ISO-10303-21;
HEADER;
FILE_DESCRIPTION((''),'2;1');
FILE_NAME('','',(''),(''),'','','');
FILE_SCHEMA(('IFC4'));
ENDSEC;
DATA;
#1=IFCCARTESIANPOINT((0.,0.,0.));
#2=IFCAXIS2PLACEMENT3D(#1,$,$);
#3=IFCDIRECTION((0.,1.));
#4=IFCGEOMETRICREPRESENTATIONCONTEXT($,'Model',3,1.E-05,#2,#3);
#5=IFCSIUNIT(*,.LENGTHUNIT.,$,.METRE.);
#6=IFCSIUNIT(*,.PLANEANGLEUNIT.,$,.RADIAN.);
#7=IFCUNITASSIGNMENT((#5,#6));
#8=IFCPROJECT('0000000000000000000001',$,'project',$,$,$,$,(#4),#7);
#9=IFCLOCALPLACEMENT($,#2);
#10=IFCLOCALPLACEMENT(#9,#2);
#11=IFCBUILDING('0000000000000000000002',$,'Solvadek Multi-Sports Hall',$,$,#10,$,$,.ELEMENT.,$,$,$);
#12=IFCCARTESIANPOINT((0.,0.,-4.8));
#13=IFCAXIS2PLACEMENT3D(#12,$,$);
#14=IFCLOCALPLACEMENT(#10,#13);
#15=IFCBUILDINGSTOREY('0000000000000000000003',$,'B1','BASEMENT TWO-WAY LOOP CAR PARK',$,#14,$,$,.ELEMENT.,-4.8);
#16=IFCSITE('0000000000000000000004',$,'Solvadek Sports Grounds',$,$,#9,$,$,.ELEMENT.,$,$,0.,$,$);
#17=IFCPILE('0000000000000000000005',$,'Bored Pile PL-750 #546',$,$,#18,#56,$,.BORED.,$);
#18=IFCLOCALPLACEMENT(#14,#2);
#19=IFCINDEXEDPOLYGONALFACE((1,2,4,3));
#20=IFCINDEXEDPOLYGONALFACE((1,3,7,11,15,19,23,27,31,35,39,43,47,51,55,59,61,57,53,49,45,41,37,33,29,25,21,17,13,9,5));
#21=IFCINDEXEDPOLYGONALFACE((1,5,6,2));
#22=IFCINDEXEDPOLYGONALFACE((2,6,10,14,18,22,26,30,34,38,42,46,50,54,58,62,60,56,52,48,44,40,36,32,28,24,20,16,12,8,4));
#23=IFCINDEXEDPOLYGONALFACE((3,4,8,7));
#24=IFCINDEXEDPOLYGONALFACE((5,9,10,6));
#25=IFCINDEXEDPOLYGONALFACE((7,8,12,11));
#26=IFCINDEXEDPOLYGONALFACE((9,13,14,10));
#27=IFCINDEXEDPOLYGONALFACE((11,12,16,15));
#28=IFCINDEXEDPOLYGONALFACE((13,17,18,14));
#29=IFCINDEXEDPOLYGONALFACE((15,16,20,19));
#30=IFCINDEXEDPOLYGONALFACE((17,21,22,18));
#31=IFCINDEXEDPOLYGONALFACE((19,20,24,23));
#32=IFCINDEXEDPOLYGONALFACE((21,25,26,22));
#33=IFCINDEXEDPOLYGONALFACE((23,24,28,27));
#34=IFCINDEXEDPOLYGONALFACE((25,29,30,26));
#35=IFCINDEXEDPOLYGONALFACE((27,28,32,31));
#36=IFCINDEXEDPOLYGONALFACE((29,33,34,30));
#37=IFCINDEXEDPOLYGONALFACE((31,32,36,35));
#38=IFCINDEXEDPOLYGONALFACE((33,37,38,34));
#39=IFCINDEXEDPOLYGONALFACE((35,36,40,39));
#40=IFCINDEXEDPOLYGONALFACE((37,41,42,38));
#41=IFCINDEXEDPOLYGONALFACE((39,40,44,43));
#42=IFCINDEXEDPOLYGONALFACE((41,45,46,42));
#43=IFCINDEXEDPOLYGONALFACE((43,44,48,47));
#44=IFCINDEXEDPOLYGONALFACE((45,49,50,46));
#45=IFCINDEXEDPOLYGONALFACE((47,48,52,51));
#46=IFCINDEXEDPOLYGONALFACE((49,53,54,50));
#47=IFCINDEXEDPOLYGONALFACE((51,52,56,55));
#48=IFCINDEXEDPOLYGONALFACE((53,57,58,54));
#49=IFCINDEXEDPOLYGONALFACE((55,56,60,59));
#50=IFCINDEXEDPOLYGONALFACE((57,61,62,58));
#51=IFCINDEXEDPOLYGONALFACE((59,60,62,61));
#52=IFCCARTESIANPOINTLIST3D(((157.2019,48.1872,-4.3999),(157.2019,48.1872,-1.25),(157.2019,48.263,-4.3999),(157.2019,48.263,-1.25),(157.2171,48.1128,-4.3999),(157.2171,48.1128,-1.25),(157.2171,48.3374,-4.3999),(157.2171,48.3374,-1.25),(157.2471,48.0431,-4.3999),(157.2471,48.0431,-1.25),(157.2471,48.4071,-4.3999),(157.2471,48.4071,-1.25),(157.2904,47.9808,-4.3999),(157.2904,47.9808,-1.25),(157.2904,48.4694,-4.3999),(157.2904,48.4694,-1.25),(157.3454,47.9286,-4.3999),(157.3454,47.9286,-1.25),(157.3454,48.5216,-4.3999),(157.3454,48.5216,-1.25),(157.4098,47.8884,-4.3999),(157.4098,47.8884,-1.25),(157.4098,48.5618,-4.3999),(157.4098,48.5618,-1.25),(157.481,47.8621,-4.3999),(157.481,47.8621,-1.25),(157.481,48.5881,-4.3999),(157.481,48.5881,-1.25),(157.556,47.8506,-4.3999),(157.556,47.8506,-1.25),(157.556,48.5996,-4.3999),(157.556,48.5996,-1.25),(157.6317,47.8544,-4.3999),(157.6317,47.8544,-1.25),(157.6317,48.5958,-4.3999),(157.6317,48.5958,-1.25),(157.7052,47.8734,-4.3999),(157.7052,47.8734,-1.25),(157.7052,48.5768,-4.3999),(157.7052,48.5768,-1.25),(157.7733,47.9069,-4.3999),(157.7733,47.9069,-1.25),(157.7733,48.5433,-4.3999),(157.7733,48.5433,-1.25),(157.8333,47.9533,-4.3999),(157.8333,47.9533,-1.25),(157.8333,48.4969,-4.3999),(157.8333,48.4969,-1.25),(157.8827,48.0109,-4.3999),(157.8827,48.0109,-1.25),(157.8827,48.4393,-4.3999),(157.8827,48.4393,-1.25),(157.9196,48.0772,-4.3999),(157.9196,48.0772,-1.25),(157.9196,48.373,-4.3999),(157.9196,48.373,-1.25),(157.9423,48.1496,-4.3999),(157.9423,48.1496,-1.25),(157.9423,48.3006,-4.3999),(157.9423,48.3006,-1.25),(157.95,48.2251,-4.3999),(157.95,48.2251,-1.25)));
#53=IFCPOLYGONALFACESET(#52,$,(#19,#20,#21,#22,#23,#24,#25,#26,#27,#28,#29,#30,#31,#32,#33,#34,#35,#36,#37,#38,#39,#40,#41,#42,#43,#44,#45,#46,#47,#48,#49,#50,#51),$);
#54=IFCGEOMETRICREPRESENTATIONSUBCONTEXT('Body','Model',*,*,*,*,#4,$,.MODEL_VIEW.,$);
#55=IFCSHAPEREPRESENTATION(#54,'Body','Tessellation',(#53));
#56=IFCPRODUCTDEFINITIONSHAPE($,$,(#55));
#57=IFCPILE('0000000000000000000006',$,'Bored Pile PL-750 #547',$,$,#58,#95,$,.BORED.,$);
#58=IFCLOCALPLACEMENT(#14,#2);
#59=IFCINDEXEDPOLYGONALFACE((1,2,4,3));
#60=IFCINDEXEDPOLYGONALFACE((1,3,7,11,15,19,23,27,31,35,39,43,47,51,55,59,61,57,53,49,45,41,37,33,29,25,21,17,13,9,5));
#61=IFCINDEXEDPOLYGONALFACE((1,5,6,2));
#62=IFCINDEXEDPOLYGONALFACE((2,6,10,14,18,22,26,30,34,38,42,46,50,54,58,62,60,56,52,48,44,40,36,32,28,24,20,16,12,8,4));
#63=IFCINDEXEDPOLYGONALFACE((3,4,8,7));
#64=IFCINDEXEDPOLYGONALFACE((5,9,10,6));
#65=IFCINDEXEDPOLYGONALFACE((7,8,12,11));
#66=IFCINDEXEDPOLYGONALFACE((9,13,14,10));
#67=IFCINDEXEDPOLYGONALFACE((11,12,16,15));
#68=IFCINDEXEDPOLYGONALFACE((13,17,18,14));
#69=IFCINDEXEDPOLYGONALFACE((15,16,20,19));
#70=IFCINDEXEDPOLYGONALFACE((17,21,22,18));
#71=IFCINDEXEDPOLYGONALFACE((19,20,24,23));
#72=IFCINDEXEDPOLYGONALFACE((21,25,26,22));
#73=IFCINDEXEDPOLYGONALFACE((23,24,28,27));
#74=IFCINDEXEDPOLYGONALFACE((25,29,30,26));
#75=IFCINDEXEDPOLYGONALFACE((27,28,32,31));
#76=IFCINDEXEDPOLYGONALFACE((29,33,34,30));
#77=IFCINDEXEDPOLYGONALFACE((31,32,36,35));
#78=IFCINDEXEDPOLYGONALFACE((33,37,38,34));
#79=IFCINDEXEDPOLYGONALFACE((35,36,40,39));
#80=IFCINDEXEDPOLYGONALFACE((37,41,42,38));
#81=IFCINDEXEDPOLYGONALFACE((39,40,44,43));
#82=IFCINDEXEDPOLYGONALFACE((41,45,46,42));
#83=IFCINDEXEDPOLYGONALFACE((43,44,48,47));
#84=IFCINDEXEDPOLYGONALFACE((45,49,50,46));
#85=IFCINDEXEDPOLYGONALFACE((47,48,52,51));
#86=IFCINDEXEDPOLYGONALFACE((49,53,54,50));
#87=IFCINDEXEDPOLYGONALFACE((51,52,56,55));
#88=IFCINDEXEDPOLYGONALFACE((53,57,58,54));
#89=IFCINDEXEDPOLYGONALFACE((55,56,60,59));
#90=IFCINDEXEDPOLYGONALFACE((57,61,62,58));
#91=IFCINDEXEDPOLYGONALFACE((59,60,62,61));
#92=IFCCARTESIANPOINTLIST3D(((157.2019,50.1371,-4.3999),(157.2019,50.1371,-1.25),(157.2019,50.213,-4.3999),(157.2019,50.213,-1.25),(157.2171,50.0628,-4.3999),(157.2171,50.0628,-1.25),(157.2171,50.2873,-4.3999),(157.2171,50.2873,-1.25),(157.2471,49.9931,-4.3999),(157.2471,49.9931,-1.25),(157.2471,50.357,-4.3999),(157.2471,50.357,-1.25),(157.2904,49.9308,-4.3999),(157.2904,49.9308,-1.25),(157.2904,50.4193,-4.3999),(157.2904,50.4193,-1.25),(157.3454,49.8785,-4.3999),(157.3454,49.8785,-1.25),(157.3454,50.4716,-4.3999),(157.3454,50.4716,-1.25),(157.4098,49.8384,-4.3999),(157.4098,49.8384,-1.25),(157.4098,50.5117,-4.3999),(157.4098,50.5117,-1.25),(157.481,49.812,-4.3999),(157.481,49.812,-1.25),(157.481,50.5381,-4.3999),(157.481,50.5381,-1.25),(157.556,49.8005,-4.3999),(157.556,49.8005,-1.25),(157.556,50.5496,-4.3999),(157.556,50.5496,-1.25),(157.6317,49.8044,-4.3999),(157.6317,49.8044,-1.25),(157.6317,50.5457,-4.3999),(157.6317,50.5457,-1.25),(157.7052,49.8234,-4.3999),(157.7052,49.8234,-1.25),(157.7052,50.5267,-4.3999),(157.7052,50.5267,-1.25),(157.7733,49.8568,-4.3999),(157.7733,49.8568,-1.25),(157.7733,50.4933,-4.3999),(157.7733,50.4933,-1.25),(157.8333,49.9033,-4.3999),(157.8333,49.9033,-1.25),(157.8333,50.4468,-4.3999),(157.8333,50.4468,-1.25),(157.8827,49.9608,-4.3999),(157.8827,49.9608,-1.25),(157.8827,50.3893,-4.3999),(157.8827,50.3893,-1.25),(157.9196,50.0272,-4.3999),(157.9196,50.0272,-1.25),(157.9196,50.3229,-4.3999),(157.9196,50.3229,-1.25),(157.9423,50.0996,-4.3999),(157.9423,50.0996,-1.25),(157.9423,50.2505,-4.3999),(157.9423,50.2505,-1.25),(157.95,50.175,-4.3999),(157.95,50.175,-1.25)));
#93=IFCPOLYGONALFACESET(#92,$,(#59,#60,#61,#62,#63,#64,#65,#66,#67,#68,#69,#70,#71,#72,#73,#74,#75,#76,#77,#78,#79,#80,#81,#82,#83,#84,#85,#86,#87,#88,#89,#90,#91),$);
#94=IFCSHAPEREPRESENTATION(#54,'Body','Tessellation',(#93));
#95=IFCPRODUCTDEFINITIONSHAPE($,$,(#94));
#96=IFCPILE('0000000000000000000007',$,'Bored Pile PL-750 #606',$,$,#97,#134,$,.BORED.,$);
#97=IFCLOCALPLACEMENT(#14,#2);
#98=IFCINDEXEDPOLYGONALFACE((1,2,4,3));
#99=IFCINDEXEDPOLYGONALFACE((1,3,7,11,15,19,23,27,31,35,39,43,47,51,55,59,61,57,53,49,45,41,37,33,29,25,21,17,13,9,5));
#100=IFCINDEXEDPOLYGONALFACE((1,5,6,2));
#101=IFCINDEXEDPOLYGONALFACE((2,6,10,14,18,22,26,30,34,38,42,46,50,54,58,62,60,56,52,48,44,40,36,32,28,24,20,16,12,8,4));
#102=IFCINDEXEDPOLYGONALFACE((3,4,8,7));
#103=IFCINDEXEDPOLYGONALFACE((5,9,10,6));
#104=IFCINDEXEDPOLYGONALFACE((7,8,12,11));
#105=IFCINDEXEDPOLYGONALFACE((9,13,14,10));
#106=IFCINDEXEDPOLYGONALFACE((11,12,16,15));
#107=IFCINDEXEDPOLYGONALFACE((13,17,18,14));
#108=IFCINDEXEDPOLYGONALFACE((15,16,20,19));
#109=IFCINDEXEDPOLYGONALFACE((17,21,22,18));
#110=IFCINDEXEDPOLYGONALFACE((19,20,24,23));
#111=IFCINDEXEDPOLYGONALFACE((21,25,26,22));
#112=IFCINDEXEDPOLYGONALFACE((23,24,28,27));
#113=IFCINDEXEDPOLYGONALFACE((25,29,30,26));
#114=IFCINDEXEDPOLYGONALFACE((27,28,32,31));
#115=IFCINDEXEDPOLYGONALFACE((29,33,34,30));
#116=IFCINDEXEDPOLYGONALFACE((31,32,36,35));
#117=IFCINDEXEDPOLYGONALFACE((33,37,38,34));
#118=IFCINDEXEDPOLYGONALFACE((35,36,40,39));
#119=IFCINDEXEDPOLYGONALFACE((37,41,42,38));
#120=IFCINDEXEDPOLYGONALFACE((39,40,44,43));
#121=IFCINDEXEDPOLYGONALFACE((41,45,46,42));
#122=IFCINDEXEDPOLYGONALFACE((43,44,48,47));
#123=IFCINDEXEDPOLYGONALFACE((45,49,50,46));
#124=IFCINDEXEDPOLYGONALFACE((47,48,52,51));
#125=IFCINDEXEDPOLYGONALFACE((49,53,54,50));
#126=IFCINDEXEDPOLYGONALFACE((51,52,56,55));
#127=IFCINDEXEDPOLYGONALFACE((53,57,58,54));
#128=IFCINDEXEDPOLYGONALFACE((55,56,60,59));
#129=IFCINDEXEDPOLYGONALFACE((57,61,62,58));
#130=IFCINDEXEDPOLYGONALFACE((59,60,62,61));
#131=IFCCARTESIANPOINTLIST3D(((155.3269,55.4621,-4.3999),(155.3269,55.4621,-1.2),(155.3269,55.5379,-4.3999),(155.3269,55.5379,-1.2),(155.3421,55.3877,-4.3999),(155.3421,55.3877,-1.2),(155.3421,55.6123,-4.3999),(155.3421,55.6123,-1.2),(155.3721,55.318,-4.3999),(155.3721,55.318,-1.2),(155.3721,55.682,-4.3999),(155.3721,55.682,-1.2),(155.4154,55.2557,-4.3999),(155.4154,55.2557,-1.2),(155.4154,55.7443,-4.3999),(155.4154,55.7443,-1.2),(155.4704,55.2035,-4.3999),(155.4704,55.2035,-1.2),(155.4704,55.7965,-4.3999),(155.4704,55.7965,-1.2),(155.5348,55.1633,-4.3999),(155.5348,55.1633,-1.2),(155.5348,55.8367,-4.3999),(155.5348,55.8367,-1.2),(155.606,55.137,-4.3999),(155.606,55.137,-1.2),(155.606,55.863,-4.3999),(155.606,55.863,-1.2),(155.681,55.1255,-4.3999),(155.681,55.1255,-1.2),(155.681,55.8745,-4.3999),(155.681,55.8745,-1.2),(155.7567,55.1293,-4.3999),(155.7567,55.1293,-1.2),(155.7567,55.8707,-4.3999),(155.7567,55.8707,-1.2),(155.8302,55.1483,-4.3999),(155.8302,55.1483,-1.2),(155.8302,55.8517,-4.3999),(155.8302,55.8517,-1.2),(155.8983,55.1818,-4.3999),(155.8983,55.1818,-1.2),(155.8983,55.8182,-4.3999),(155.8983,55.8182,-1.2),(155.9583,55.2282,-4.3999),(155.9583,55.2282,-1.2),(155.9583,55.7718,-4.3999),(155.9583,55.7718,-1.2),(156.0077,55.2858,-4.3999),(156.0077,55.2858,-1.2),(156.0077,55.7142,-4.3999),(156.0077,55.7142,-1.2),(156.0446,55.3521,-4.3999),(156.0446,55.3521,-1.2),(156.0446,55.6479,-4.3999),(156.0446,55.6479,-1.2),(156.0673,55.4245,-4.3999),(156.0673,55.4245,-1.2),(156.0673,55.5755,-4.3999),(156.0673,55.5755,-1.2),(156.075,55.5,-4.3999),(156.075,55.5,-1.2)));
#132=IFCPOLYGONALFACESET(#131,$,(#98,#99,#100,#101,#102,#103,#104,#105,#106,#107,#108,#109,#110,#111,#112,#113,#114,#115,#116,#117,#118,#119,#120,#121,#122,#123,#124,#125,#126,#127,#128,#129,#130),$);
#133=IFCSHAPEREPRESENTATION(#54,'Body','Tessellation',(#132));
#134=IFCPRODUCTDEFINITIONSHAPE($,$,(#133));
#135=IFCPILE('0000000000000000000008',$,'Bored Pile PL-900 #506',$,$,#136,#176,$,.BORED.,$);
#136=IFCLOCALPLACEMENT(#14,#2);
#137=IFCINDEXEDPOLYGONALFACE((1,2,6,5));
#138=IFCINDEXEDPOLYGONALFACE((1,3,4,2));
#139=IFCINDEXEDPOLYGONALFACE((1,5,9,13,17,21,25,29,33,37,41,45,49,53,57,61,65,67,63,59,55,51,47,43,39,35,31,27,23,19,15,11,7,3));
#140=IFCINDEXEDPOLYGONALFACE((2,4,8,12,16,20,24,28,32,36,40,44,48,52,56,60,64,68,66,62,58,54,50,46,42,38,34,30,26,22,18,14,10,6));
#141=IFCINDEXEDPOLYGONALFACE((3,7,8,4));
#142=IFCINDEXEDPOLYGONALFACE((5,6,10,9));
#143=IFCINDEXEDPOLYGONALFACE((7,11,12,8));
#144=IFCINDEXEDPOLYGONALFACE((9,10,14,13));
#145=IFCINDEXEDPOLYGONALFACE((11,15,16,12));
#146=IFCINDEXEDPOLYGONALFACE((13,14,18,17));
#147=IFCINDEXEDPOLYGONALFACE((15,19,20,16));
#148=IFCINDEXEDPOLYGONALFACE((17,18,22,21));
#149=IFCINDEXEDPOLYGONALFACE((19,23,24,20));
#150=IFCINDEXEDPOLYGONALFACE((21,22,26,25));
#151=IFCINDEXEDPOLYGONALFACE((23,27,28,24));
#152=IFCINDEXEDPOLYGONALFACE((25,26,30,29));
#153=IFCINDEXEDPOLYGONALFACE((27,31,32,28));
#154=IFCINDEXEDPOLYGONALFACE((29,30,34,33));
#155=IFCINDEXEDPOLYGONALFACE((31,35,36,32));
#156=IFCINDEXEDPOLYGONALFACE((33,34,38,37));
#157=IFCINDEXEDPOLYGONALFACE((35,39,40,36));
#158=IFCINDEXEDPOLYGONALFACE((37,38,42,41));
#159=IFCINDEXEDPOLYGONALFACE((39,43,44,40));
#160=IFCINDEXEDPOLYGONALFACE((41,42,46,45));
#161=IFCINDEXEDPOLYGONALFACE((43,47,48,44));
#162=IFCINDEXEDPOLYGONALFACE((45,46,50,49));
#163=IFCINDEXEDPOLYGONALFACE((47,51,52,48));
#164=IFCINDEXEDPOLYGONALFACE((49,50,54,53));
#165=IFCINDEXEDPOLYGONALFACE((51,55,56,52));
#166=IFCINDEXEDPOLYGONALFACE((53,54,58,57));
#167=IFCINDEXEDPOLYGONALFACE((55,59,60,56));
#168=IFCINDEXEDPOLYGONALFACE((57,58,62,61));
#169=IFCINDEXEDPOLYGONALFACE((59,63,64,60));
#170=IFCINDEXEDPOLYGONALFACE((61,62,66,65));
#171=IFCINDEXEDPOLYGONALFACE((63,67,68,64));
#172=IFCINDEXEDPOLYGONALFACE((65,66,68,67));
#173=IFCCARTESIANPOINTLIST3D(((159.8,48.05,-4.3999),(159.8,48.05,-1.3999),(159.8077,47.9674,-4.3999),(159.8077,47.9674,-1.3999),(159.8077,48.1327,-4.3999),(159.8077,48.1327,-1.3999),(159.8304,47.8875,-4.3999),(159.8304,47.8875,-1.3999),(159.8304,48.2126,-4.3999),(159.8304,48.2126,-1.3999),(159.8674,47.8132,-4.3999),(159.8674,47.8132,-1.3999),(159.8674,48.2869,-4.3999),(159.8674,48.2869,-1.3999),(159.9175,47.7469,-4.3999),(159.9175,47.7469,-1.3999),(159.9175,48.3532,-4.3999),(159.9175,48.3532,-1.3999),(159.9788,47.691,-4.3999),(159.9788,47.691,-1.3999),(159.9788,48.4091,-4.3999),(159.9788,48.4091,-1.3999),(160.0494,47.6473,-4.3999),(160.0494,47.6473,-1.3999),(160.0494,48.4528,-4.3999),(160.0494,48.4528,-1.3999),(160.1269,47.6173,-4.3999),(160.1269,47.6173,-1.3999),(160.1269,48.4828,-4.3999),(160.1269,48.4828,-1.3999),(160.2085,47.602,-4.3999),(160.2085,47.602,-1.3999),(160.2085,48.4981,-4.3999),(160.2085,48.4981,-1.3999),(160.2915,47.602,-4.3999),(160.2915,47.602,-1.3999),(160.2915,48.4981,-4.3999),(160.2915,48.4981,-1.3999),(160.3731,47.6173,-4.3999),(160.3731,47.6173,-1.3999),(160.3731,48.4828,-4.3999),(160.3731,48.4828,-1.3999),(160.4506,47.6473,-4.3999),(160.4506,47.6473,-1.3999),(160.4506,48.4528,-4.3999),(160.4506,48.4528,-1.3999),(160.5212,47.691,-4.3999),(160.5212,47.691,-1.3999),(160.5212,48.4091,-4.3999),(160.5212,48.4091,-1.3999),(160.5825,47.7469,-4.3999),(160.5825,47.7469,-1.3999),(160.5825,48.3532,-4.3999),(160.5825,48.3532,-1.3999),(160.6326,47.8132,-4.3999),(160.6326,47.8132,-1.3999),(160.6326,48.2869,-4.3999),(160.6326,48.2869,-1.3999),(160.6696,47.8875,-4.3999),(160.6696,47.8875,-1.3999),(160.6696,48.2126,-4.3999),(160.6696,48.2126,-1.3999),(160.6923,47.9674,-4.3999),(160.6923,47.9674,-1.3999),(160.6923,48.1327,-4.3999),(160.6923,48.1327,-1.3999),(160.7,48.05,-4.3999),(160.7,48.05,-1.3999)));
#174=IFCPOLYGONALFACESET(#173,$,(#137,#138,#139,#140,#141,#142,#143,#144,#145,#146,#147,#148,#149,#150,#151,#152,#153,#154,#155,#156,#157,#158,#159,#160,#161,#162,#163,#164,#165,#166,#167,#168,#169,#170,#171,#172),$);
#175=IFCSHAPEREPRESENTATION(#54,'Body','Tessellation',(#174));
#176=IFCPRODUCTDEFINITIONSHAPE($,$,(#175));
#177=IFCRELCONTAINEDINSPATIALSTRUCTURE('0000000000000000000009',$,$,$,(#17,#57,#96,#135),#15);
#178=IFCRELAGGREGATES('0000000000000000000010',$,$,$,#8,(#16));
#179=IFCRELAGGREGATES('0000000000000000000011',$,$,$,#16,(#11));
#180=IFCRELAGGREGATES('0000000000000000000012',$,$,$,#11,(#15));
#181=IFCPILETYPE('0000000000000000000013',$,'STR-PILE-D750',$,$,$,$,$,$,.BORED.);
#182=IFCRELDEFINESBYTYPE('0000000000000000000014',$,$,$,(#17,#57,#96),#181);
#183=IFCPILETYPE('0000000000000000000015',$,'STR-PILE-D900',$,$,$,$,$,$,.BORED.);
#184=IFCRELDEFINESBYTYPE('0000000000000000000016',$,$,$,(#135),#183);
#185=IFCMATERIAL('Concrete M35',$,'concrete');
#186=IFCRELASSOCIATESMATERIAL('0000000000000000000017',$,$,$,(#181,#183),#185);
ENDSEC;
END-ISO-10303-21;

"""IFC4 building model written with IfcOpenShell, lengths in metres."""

from ifc_helpers import new_model, si_unit, direction, frame, origin, origin_2d, place, context, subcontext, project, spatial, circle, extrude, material, material_profile, profile_set, type_object, element, save


model = new_model("IFC4")

# Units and contexts
model_context = context("Model", 3, precision=1e-05, world=origin(), true_north=direction((0.0, 1.0)))
body_context = subcontext(model_context, "Body", "Model", "MODEL_VIEW")
ifc_project = project(units=[si_unit("LENGTHUNIT", "METRE"), si_unit("PLANEANGLEUNIT", "RADIAN")], contexts=[model_context])

# Site, building, storey
site_placement = place(None, origin())
site = spatial("IfcSite", under=ifc_project, at=site_placement, Name="Solvadek Sports Grounds", CompositionType="ELEMENT", RefElevation=0.0)
building_placement = place(site_placement, origin())
building = spatial("IfcBuilding", under=site, at=building_placement, Name="Solvadek Multi-Sports Hall", CompositionType="ELEMENT")
storey_placement = place(building_placement, frame((0.0, 0.0, -4.8)))
storey = spatial("IfcBuildingStorey", under=building, at=storey_placement, Name="B1", Description="BASEMENT TWO-WAY LOOP CAR PARK", CompositionType="ELEMENT", Elevation=-4.8)

# Piles
ifc_material_1 = material(Name="Concrete M35", Category="concrete")
ifc_material_profile_1 = material_profile(ifc_material_1, circle(Radius=0.375, at=origin_2d()), Name="BORED PILE D750")
ifc_profile_set_1 = profile_set([ifc_material_profile_1], Name="Concrete M35")
pile_type_1 = type_object("IfcPileType", Name="STR-PILE-D750", PredefinedType="BORED", material=ifc_profile_set_1)
for number, where, z_axis, x_axis, name in (
    (1, (157.575, 48.2251, -1.25), (0.0, 0.0, -1.0), (1.0, 0.0, 0.0), "Bored Pile PL-750 #546"),
    (2, (157.575, 50.175, -1.25), (0.0, 0.0, -1.0), (1.0, 0.0, 0.0), "Bored Pile PL-750 #547"),
):
    element("IfcPile", number, at=place(storey_placement, frame(where, z_axis=z_axis, x_axis=x_axis)), inside=storey, type_object=pile_type_1, Name=name, PredefinedType="BORED", context=body_context, shape_type="SweptSolid", body=[
        extrude(circle(Radius=0.375, at=origin_2d()), origin(), (0.0, 0.0, 1.0), 3.1499),
    ])
pile_1_placement = place(storey_placement, frame((155.7, 55.5, -1.2), z_axis=(0.0, 0.0, -1.0), x_axis=(1.0, 0.0, 0.0)))
element("IfcPile", 3, at=pile_1_placement, inside=storey, type_object=pile_type_1, Name="Bored Pile PL-750 #606", PredefinedType="BORED", context=body_context, shape_type="SweptSolid", body=[
    extrude(circle(Radius=0.375, at=origin_2d()), origin(), (0.0, 0.0, 1.0), 3.2),
])
ifc_material_profile_2 = material_profile(ifc_material_1, circle(Radius=0.45, at=origin_2d()), Name="BORED PILE D900")
ifc_profile_set_2 = profile_set([ifc_material_profile_2], Name="Concrete M35")
pile_type_2 = type_object("IfcPileType", Name="STR-PILE-D900", PredefinedType="BORED", material=ifc_profile_set_2)
for number, where, z_axis, x_axis, name in (
    (4, (160.25, 48.05, -1.3999), (0.0, 0.0, -1.0), (1.0, 0.0, 0.0), "Bored Pile PL-900 #506"),
):
    element("IfcPile", number, at=place(storey_placement, frame(where, z_axis=z_axis, x_axis=x_axis)), inside=storey, type_object=pile_type_2, Name=name, PredefinedType="BORED", context=body_context, shape_type="SweptSolid", body=[
        extrude(circle(Radius=0.45, at=origin_2d()), origin(), (0.0, 0.0, 1.0), 3.0),
    ])

save(model, "model.ifc")
